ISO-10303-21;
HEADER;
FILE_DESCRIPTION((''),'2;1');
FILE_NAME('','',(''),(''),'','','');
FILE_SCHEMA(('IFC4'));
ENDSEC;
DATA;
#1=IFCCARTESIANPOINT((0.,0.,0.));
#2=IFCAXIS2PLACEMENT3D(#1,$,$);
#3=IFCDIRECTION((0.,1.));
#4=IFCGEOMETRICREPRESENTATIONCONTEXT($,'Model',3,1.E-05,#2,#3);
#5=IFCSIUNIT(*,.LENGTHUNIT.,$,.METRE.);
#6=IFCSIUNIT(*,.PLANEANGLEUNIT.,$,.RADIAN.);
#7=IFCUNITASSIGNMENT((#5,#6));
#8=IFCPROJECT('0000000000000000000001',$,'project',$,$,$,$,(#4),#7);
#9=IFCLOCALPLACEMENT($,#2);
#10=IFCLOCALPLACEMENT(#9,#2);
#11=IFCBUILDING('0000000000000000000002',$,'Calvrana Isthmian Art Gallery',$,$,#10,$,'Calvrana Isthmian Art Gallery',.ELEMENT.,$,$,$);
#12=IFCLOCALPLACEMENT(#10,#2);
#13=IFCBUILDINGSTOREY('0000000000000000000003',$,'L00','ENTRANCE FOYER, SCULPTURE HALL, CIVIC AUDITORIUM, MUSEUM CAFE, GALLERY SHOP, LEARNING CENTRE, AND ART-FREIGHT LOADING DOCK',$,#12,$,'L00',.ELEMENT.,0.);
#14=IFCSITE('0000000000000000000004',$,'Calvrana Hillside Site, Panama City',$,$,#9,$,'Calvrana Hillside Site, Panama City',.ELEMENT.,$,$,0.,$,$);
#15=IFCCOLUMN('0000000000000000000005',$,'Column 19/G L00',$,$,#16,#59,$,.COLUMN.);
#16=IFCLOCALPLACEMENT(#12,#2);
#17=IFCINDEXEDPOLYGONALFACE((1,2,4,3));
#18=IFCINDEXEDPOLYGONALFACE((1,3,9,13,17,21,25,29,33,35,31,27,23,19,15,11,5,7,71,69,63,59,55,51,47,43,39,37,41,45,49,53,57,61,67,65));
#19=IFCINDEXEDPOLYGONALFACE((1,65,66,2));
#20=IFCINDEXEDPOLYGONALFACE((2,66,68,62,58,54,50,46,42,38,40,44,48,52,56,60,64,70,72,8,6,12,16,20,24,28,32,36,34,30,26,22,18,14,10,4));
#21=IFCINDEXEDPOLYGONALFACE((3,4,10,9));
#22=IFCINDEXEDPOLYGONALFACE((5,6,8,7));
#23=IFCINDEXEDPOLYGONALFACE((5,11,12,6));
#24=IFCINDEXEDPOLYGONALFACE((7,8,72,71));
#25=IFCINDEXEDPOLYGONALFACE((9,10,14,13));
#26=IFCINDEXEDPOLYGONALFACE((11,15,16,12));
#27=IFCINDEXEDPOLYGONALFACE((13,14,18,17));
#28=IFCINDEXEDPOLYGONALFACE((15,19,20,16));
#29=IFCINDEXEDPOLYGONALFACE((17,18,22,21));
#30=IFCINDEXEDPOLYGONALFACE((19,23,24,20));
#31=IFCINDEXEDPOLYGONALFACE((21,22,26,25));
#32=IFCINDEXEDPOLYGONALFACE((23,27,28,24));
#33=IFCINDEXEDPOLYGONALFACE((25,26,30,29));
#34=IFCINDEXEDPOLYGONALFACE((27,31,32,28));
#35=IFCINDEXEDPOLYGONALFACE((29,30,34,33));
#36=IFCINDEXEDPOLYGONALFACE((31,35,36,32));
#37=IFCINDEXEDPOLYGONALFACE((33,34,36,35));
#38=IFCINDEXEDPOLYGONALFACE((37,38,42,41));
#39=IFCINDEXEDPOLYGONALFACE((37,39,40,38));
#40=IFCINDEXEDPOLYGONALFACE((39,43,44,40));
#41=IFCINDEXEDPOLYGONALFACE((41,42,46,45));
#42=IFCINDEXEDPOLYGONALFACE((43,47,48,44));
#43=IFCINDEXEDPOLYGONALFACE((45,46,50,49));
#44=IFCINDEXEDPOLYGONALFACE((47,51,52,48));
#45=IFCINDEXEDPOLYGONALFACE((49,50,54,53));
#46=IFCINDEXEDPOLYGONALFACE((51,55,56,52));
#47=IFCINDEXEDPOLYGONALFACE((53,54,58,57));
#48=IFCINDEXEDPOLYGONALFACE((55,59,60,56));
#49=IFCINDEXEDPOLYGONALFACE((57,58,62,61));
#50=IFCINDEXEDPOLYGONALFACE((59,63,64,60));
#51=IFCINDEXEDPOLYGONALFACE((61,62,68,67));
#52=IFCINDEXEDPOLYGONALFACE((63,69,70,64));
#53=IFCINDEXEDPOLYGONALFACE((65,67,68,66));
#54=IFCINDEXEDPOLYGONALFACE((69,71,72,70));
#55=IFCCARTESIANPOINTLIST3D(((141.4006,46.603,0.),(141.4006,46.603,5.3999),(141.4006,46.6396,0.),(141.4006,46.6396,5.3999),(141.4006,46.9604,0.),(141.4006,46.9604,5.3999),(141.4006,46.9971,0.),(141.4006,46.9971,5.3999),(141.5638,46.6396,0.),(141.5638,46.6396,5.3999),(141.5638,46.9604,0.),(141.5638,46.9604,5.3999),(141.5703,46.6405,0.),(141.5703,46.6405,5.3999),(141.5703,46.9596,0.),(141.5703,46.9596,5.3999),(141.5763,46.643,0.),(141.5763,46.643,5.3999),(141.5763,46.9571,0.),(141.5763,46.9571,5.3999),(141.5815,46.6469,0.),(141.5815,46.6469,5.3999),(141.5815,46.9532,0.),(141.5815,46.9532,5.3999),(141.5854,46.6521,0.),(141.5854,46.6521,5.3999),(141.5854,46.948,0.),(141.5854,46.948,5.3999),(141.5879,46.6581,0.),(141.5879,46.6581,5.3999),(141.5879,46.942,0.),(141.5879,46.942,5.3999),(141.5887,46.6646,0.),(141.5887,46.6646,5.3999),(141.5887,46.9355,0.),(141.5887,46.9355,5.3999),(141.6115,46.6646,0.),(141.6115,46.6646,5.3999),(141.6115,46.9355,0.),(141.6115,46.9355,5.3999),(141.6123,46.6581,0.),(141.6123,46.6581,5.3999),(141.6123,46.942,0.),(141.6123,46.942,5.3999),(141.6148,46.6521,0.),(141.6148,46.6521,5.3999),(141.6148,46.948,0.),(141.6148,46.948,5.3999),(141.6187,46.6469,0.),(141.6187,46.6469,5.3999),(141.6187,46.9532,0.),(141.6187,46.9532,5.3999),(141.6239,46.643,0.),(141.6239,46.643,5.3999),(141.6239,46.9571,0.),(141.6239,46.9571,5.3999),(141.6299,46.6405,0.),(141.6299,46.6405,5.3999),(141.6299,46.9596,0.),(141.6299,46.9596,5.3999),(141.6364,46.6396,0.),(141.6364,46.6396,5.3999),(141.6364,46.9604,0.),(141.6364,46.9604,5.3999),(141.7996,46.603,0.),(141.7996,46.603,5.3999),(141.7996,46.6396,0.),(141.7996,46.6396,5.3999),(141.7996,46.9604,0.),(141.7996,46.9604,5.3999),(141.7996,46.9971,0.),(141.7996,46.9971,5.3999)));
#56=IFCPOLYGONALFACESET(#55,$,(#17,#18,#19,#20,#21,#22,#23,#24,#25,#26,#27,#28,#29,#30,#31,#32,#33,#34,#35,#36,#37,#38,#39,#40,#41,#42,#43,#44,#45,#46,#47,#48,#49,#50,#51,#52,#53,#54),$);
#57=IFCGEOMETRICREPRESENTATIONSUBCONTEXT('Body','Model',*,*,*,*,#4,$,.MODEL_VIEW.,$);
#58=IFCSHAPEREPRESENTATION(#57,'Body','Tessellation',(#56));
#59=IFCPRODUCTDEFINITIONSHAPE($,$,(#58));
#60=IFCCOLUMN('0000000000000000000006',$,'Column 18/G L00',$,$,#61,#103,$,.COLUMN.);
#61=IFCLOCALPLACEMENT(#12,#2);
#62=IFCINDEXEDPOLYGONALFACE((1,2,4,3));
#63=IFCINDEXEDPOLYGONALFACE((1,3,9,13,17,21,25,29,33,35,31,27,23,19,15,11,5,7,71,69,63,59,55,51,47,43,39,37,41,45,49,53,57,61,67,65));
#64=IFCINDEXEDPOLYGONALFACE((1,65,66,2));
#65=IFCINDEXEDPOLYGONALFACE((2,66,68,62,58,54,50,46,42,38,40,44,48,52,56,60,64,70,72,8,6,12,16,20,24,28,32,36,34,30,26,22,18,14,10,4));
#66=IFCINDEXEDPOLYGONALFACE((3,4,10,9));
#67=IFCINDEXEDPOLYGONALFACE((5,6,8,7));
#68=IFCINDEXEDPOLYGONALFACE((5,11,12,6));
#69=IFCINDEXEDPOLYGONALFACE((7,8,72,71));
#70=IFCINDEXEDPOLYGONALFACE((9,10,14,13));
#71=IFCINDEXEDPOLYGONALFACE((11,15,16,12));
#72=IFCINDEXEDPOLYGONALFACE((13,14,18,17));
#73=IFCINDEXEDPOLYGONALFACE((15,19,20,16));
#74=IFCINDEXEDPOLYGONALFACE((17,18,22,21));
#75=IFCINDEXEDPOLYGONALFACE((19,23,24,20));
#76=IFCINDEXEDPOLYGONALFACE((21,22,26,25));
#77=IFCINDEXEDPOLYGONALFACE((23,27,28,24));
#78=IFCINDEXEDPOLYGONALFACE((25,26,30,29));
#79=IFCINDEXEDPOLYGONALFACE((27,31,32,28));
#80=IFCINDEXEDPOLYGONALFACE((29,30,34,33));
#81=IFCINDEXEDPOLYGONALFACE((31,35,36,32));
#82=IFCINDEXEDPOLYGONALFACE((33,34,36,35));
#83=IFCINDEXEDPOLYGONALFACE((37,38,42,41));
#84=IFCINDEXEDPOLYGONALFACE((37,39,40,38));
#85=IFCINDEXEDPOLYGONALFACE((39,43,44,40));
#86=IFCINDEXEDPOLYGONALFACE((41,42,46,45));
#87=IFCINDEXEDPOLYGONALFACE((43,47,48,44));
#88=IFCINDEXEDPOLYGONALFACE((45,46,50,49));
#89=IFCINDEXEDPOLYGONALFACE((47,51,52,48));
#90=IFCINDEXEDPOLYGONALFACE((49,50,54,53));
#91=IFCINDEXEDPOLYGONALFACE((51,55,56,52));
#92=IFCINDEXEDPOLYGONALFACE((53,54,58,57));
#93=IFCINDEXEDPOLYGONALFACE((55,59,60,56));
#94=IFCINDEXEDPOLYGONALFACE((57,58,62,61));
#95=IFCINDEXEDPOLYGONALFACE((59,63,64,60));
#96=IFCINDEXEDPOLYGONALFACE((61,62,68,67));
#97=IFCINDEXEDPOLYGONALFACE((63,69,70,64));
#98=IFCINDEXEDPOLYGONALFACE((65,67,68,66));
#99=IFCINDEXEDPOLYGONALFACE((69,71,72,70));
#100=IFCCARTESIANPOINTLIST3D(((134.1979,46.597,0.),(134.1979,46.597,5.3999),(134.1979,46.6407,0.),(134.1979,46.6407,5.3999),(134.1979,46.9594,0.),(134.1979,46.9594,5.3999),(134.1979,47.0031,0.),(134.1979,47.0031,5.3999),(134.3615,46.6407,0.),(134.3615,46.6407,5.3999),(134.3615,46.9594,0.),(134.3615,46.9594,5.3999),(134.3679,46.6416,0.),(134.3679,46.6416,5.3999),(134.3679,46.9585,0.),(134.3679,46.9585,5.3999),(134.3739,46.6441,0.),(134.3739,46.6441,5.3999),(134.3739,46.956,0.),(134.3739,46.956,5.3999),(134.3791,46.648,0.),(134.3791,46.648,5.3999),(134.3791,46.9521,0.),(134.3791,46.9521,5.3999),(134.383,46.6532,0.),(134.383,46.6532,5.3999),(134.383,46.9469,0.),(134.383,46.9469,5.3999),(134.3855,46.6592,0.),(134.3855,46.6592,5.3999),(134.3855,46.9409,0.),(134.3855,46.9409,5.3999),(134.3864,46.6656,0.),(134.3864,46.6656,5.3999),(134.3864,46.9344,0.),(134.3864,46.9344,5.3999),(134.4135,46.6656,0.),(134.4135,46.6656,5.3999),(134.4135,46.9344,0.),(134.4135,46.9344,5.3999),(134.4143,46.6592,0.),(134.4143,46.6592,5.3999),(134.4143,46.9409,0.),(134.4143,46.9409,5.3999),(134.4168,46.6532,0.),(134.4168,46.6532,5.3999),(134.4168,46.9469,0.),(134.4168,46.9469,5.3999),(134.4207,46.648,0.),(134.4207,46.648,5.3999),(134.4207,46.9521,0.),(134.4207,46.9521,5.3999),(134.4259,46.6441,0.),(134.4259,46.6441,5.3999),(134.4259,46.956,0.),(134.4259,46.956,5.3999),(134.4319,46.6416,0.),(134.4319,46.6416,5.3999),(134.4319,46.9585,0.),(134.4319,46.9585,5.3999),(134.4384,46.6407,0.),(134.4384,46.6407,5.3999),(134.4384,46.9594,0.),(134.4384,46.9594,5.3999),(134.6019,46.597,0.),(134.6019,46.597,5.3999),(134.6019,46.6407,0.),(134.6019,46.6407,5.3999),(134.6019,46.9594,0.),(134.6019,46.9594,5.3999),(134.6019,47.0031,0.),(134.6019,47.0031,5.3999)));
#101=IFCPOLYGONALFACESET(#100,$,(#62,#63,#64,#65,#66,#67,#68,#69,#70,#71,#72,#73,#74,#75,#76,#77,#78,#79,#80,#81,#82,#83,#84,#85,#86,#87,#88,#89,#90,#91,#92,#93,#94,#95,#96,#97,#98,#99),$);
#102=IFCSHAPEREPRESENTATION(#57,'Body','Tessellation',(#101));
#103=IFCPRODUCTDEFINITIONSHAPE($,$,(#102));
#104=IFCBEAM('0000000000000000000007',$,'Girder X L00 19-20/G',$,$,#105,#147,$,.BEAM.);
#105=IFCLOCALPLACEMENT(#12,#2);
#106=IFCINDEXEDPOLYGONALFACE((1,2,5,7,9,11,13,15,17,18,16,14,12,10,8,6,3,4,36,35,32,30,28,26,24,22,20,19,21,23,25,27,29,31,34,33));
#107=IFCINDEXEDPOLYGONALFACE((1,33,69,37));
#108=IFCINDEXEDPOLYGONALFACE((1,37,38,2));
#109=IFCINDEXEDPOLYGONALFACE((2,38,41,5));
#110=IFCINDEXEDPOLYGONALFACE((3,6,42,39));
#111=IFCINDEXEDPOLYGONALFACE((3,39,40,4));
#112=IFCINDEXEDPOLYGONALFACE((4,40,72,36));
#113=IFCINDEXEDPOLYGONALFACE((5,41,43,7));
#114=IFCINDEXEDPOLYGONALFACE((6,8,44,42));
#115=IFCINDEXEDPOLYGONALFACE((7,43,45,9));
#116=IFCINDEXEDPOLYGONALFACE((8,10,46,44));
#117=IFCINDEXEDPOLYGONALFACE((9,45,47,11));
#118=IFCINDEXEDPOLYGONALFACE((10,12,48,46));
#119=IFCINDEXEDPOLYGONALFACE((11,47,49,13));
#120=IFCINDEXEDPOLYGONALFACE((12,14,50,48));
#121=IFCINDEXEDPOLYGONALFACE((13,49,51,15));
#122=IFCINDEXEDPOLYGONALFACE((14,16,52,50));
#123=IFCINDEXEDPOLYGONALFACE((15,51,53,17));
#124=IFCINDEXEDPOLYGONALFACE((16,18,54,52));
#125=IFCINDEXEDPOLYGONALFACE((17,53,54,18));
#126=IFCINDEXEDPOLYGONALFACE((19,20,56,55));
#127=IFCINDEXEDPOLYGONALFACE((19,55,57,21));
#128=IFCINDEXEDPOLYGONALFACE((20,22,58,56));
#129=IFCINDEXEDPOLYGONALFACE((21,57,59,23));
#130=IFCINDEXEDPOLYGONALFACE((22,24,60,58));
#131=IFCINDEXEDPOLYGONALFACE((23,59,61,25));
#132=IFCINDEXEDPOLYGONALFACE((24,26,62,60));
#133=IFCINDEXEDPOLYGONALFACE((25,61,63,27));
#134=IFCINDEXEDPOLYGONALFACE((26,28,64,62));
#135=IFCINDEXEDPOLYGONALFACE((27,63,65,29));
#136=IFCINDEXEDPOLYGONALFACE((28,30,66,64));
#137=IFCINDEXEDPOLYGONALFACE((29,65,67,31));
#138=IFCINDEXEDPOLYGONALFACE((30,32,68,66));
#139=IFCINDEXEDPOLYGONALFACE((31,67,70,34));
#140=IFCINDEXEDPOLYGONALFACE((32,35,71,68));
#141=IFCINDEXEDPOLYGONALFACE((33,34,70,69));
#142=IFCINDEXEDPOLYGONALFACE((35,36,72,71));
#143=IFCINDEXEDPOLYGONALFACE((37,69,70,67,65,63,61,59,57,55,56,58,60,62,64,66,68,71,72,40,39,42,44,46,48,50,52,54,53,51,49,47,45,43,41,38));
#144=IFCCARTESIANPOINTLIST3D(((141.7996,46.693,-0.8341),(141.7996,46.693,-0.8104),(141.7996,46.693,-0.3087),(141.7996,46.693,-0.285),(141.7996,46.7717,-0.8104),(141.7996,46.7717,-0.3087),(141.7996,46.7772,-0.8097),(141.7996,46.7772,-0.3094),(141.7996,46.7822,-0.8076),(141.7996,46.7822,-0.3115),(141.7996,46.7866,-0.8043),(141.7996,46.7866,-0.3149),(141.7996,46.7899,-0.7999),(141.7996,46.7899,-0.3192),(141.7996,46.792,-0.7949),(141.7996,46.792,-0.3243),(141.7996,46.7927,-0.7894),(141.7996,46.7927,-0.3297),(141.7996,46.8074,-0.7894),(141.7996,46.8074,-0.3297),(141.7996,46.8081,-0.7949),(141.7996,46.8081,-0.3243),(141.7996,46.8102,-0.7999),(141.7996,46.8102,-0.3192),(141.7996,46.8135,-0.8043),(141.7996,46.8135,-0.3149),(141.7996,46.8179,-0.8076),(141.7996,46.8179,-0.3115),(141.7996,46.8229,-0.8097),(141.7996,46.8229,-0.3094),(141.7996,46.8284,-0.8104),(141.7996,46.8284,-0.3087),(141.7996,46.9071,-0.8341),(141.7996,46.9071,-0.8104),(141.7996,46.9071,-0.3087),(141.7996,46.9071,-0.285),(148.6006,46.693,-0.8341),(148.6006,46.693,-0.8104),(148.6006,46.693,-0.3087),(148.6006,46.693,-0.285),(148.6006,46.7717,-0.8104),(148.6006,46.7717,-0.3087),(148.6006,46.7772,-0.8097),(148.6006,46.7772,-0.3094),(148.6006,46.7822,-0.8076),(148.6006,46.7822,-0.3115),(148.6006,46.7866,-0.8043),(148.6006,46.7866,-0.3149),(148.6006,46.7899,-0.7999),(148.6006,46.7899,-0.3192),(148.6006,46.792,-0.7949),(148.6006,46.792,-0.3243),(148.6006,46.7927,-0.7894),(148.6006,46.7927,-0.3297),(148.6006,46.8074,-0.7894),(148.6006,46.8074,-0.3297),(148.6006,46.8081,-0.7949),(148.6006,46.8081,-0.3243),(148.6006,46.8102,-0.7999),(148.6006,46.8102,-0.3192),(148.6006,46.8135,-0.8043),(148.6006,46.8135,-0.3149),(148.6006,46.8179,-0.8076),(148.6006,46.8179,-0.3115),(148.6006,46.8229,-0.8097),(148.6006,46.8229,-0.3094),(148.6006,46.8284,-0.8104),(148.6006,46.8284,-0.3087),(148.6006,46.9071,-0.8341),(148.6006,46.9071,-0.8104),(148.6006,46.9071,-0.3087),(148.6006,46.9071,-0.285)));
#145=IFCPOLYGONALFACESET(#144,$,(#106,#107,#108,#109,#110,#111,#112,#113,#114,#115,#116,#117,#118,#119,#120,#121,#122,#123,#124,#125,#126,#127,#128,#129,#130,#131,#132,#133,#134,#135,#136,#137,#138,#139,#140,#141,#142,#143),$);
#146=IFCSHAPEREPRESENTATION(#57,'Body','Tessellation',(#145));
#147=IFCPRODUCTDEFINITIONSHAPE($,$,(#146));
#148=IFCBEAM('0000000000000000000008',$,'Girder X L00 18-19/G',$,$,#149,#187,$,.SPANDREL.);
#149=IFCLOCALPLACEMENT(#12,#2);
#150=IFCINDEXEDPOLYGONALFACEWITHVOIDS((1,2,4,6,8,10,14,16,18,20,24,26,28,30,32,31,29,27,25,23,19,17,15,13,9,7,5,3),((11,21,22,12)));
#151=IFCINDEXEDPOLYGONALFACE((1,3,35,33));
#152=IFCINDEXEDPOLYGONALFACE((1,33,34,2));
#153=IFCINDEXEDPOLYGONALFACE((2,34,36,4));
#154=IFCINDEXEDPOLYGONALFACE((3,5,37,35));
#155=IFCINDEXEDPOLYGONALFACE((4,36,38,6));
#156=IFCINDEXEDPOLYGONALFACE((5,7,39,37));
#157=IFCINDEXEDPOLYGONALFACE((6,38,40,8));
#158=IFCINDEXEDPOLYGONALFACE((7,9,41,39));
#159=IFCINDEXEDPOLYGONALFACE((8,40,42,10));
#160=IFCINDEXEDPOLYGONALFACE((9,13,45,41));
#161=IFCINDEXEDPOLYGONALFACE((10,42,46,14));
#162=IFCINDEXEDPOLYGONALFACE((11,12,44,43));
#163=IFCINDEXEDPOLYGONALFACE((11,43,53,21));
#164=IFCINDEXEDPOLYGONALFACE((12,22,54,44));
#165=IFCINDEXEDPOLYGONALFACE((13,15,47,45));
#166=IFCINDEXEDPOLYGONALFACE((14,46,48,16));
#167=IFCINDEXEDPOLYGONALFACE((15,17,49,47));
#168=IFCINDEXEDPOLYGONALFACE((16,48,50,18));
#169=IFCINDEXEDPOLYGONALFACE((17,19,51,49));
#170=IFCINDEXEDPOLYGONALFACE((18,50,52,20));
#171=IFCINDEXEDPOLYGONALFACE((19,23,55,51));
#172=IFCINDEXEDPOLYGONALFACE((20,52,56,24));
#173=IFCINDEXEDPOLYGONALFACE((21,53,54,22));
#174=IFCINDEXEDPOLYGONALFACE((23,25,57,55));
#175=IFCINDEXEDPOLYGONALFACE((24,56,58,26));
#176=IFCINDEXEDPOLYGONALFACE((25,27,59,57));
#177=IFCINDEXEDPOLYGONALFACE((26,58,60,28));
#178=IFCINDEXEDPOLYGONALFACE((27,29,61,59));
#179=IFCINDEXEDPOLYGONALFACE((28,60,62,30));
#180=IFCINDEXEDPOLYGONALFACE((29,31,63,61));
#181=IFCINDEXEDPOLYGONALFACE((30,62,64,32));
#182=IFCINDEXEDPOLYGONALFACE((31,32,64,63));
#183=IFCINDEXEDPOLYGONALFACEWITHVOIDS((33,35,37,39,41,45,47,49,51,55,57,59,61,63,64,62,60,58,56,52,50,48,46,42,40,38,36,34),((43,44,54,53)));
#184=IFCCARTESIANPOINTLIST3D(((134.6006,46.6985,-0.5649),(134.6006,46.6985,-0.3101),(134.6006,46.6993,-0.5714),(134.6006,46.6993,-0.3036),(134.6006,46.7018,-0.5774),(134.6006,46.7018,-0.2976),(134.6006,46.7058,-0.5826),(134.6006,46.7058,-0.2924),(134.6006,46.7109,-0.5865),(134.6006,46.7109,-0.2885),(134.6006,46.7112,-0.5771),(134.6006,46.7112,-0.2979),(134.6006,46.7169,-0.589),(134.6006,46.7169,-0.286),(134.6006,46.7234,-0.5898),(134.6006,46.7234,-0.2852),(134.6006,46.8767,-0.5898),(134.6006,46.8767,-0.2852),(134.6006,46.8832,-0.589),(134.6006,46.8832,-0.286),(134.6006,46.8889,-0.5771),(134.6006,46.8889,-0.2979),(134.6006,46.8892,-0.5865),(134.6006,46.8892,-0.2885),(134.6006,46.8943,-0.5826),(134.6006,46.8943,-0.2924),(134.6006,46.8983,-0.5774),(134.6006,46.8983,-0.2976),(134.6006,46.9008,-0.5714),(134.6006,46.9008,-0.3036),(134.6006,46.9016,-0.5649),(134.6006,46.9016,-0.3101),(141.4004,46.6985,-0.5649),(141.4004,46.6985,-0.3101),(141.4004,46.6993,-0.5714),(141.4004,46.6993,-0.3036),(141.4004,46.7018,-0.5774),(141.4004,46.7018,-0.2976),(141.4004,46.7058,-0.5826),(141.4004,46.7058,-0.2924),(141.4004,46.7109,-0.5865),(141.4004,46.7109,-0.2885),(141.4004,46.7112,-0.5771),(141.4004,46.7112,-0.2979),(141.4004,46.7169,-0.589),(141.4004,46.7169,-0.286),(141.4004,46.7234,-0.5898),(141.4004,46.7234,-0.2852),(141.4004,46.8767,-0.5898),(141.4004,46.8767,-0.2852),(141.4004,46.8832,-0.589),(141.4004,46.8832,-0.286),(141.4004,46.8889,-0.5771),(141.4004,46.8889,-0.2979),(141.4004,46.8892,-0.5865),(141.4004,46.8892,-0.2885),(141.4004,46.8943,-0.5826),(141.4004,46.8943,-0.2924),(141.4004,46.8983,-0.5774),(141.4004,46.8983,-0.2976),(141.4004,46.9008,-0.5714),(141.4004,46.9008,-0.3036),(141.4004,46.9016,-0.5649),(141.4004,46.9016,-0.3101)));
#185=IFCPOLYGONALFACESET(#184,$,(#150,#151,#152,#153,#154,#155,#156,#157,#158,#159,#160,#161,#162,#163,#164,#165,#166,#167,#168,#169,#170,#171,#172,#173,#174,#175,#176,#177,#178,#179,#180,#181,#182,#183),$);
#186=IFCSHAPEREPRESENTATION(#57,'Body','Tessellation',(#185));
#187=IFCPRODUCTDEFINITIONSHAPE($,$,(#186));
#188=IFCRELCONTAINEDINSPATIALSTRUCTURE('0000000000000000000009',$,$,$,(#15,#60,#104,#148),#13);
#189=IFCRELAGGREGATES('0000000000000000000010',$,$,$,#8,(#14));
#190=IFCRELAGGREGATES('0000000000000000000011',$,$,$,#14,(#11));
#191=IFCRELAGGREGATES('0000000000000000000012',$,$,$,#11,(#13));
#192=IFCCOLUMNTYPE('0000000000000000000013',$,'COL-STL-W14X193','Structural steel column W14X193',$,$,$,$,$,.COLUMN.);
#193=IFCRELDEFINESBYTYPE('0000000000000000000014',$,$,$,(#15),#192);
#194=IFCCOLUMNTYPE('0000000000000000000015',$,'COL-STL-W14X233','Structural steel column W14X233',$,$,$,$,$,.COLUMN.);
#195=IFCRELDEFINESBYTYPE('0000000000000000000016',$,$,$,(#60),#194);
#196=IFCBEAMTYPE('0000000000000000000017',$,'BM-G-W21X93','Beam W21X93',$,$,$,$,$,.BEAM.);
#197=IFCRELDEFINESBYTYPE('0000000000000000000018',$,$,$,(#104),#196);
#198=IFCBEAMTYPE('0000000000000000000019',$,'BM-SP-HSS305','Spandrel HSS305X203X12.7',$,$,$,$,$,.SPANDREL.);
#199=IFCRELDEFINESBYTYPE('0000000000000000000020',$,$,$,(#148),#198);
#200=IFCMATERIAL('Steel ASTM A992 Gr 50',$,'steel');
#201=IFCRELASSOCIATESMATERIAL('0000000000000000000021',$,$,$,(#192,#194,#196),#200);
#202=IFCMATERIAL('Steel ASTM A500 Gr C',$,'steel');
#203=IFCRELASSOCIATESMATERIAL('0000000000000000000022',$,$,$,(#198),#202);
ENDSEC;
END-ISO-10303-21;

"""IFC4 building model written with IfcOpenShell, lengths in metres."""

from ifc_helpers import new_model, si_unit, direction, frame, origin, origin_2d, place, context, subcontext, project, spatial, hollow_rectangle, i_section, extrude, material, material_profile, profile_set, type_object, element, save


model = new_model("IFC4")

# Units and contexts
model_context = context("Model", 3, precision=1e-05, world=origin(), true_north=direction((0.0, 1.0)))
body_context = subcontext(model_context, "Body", "Model", "MODEL_VIEW")
ifc_project = project(units=[si_unit("LENGTHUNIT", "METRE"), si_unit("PLANEANGLEUNIT", "RADIAN")], contexts=[model_context])

# Site, building, storey
site_placement = place(None, origin())
site = spatial("IfcSite", under=ifc_project, at=site_placement, Name="Calvrana Hillside Site, Panama City", LongName="Calvrana Hillside Site, Panama City", CompositionType="ELEMENT", RefElevation=0.0)
building_placement = place(site_placement, origin())
building = spatial("IfcBuilding", under=site, at=building_placement, Name="Calvrana Isthmian Art Gallery", LongName="Calvrana Isthmian Art Gallery", CompositionType="ELEMENT")
storey_placement = place(building_placement, origin())
storey = spatial("IfcBuildingStorey", under=building, at=storey_placement, Name="L00", Description="ENTRANCE FOYER, SCULPTURE HALL, CIVIC AUDITORIUM, MUSEUM CAFE, GALLERY SHOP, LEARNING CENTRE, AND ART-FREIGHT LOADING DOCK", LongName="L00", CompositionType="ELEMENT", Elevation=0.0)

# Columns
ifc_material_1 = material(Name="Steel ASTM A992 Gr 50", Category="steel")
ifc_material_profile_1 = material_profile(ifc_material_1, i_section(OverallWidth=0.3989, OverallDepth=0.394, WebThickness=0.0227, FlangeThickness=0.0366, FilletRadius=0.0249, at=origin_2d()), Name="W14X193")
ifc_profile_set_1 = profile_set([ifc_material_profile_1], Name="Steel ASTM A992 Gr 50")
column_type_1 = type_object("IfcColumnType", Name="COL-STL-W14X193", Description="Structural steel column W14X193", PredefinedType="COLUMN", material=ifc_profile_set_1)
column_1_placement = place(storey_placement, frame((141.6001, 46.8, 0.0), z_axis=(0.0, 0.0, 1.0), x_axis=(1.0, 0.0, 0.0)))
element("IfcColumn", 1, at=column_1_placement, inside=storey, type_object=column_type_1, Name="Column 19/G L00", PredefinedType="COLUMN", context=body_context, shape_type="SweptSolid", body=[
    extrude(i_section(OverallWidth=0.3989, OverallDepth=0.394, WebThickness=0.0227, FlangeThickness=0.0366, FilletRadius=0.0249, at=origin_2d()), origin(), (0.0, 0.0, 1.0), 5.3999),
])
ifc_material_profile_2 = material_profile(ifc_material_1, i_section(OverallWidth=0.4041, OverallDepth=0.406, WebThickness=0.0271, FlangeThickness=0.0437, FilletRadius=0.0249, at=origin_2d()), Name="W14X233")
ifc_profile_set_2 = profile_set([ifc_material_profile_2], Name="Steel ASTM A992 Gr 50")
column_type_2 = type_object("IfcColumnType", Name="COL-STL-W14X233", Description="Structural steel column W14X233", PredefinedType="COLUMN", material=ifc_profile_set_2)
column_2_placement = place(storey_placement, frame((134.3999, 46.8, 0.0), z_axis=(0.0, 0.0, 1.0), x_axis=(1.0, 0.0, 0.0)))
element("IfcColumn", 2, at=column_2_placement, inside=storey, type_object=column_type_2, Name="Column 18/G L00", PredefinedType="COLUMN", context=body_context, shape_type="SweptSolid", body=[
    extrude(i_section(OverallWidth=0.4041, OverallDepth=0.406, WebThickness=0.0271, FlangeThickness=0.0437, FilletRadius=0.0249, at=origin_2d()), origin(), (0.0, 0.0, 1.0), 5.3999),
])

# Beams
ifc_material_profile_3 = material_profile(ifc_material_1, i_section(OverallWidth=0.2141, OverallDepth=0.5491, WebThickness=0.0146, FlangeThickness=0.0237, FilletRadius=0.021, at=origin_2d()), Name="W21X93")
ifc_profile_set_3 = profile_set([ifc_material_profile_3], Name="Steel ASTM A992 Gr 50")
beam_type_1 = type_object("IfcBeamType", Name="BM-G-W21X93", Description="Beam W21X93", PredefinedType="BEAM", material=ifc_profile_set_3)
beam_1_placement = place(storey_placement, frame((141.7996, 46.8, -0.5596), z_axis=(1.0, 0.0, 0.0), x_axis=(0.0, 1.0, 0.0)))
element("IfcBeam", 3, at=beam_1_placement, inside=storey, type_object=beam_type_1, Name="Girder X L00 19-20/G", PredefinedType="BEAM", context=body_context, shape_type="SweptSolid", body=[
    extrude(i_section(OverallWidth=0.2141, OverallDepth=0.5491, WebThickness=0.0146, FlangeThickness=0.0237, FilletRadius=0.021, at=origin_2d()), origin(), (0.0, 0.0, 1.0), 6.801),
])
ifc_material_2 = material(Name="Steel ASTM A500 Gr C", Category="steel")
ifc_material_profile_4 = material_profile(ifc_material_2, hollow_rectangle(XDim=0.2031, YDim=0.3047, WallThickness=0.0127, OuterFilletRadius=0.0249, at=origin_2d()), Name="HSS305X203X12.7")
ifc_profile_set_4 = profile_set([ifc_material_profile_4], Name="Steel ASTM A500 Gr C")
beam_type_2 = type_object("IfcBeamType", Name="BM-SP-HSS305", Description="Spandrel HSS305X203X12.7", PredefinedType="SPANDREL", material=ifc_profile_set_4)
beam_2_placement = place(storey_placement, frame((134.6006, 46.8, -0.4375), z_axis=(1.0, 0.0, 0.0), x_axis=(0.0, 1.0, 0.0)))
element("IfcBeam", 4, at=beam_2_placement, inside=storey, type_object=beam_type_2, Name="Girder X L00 18-19/G", PredefinedType="SPANDREL", context=body_context, shape_type="SweptSolid", body=[
    extrude(hollow_rectangle(XDim=0.2031, YDim=0.3047, WallThickness=0.0127, OuterFilletRadius=0.0249, at=origin_2d()), origin(), (0.0, 0.0, 1.0), 6.7998),
])

save(model, "model.ifc")
